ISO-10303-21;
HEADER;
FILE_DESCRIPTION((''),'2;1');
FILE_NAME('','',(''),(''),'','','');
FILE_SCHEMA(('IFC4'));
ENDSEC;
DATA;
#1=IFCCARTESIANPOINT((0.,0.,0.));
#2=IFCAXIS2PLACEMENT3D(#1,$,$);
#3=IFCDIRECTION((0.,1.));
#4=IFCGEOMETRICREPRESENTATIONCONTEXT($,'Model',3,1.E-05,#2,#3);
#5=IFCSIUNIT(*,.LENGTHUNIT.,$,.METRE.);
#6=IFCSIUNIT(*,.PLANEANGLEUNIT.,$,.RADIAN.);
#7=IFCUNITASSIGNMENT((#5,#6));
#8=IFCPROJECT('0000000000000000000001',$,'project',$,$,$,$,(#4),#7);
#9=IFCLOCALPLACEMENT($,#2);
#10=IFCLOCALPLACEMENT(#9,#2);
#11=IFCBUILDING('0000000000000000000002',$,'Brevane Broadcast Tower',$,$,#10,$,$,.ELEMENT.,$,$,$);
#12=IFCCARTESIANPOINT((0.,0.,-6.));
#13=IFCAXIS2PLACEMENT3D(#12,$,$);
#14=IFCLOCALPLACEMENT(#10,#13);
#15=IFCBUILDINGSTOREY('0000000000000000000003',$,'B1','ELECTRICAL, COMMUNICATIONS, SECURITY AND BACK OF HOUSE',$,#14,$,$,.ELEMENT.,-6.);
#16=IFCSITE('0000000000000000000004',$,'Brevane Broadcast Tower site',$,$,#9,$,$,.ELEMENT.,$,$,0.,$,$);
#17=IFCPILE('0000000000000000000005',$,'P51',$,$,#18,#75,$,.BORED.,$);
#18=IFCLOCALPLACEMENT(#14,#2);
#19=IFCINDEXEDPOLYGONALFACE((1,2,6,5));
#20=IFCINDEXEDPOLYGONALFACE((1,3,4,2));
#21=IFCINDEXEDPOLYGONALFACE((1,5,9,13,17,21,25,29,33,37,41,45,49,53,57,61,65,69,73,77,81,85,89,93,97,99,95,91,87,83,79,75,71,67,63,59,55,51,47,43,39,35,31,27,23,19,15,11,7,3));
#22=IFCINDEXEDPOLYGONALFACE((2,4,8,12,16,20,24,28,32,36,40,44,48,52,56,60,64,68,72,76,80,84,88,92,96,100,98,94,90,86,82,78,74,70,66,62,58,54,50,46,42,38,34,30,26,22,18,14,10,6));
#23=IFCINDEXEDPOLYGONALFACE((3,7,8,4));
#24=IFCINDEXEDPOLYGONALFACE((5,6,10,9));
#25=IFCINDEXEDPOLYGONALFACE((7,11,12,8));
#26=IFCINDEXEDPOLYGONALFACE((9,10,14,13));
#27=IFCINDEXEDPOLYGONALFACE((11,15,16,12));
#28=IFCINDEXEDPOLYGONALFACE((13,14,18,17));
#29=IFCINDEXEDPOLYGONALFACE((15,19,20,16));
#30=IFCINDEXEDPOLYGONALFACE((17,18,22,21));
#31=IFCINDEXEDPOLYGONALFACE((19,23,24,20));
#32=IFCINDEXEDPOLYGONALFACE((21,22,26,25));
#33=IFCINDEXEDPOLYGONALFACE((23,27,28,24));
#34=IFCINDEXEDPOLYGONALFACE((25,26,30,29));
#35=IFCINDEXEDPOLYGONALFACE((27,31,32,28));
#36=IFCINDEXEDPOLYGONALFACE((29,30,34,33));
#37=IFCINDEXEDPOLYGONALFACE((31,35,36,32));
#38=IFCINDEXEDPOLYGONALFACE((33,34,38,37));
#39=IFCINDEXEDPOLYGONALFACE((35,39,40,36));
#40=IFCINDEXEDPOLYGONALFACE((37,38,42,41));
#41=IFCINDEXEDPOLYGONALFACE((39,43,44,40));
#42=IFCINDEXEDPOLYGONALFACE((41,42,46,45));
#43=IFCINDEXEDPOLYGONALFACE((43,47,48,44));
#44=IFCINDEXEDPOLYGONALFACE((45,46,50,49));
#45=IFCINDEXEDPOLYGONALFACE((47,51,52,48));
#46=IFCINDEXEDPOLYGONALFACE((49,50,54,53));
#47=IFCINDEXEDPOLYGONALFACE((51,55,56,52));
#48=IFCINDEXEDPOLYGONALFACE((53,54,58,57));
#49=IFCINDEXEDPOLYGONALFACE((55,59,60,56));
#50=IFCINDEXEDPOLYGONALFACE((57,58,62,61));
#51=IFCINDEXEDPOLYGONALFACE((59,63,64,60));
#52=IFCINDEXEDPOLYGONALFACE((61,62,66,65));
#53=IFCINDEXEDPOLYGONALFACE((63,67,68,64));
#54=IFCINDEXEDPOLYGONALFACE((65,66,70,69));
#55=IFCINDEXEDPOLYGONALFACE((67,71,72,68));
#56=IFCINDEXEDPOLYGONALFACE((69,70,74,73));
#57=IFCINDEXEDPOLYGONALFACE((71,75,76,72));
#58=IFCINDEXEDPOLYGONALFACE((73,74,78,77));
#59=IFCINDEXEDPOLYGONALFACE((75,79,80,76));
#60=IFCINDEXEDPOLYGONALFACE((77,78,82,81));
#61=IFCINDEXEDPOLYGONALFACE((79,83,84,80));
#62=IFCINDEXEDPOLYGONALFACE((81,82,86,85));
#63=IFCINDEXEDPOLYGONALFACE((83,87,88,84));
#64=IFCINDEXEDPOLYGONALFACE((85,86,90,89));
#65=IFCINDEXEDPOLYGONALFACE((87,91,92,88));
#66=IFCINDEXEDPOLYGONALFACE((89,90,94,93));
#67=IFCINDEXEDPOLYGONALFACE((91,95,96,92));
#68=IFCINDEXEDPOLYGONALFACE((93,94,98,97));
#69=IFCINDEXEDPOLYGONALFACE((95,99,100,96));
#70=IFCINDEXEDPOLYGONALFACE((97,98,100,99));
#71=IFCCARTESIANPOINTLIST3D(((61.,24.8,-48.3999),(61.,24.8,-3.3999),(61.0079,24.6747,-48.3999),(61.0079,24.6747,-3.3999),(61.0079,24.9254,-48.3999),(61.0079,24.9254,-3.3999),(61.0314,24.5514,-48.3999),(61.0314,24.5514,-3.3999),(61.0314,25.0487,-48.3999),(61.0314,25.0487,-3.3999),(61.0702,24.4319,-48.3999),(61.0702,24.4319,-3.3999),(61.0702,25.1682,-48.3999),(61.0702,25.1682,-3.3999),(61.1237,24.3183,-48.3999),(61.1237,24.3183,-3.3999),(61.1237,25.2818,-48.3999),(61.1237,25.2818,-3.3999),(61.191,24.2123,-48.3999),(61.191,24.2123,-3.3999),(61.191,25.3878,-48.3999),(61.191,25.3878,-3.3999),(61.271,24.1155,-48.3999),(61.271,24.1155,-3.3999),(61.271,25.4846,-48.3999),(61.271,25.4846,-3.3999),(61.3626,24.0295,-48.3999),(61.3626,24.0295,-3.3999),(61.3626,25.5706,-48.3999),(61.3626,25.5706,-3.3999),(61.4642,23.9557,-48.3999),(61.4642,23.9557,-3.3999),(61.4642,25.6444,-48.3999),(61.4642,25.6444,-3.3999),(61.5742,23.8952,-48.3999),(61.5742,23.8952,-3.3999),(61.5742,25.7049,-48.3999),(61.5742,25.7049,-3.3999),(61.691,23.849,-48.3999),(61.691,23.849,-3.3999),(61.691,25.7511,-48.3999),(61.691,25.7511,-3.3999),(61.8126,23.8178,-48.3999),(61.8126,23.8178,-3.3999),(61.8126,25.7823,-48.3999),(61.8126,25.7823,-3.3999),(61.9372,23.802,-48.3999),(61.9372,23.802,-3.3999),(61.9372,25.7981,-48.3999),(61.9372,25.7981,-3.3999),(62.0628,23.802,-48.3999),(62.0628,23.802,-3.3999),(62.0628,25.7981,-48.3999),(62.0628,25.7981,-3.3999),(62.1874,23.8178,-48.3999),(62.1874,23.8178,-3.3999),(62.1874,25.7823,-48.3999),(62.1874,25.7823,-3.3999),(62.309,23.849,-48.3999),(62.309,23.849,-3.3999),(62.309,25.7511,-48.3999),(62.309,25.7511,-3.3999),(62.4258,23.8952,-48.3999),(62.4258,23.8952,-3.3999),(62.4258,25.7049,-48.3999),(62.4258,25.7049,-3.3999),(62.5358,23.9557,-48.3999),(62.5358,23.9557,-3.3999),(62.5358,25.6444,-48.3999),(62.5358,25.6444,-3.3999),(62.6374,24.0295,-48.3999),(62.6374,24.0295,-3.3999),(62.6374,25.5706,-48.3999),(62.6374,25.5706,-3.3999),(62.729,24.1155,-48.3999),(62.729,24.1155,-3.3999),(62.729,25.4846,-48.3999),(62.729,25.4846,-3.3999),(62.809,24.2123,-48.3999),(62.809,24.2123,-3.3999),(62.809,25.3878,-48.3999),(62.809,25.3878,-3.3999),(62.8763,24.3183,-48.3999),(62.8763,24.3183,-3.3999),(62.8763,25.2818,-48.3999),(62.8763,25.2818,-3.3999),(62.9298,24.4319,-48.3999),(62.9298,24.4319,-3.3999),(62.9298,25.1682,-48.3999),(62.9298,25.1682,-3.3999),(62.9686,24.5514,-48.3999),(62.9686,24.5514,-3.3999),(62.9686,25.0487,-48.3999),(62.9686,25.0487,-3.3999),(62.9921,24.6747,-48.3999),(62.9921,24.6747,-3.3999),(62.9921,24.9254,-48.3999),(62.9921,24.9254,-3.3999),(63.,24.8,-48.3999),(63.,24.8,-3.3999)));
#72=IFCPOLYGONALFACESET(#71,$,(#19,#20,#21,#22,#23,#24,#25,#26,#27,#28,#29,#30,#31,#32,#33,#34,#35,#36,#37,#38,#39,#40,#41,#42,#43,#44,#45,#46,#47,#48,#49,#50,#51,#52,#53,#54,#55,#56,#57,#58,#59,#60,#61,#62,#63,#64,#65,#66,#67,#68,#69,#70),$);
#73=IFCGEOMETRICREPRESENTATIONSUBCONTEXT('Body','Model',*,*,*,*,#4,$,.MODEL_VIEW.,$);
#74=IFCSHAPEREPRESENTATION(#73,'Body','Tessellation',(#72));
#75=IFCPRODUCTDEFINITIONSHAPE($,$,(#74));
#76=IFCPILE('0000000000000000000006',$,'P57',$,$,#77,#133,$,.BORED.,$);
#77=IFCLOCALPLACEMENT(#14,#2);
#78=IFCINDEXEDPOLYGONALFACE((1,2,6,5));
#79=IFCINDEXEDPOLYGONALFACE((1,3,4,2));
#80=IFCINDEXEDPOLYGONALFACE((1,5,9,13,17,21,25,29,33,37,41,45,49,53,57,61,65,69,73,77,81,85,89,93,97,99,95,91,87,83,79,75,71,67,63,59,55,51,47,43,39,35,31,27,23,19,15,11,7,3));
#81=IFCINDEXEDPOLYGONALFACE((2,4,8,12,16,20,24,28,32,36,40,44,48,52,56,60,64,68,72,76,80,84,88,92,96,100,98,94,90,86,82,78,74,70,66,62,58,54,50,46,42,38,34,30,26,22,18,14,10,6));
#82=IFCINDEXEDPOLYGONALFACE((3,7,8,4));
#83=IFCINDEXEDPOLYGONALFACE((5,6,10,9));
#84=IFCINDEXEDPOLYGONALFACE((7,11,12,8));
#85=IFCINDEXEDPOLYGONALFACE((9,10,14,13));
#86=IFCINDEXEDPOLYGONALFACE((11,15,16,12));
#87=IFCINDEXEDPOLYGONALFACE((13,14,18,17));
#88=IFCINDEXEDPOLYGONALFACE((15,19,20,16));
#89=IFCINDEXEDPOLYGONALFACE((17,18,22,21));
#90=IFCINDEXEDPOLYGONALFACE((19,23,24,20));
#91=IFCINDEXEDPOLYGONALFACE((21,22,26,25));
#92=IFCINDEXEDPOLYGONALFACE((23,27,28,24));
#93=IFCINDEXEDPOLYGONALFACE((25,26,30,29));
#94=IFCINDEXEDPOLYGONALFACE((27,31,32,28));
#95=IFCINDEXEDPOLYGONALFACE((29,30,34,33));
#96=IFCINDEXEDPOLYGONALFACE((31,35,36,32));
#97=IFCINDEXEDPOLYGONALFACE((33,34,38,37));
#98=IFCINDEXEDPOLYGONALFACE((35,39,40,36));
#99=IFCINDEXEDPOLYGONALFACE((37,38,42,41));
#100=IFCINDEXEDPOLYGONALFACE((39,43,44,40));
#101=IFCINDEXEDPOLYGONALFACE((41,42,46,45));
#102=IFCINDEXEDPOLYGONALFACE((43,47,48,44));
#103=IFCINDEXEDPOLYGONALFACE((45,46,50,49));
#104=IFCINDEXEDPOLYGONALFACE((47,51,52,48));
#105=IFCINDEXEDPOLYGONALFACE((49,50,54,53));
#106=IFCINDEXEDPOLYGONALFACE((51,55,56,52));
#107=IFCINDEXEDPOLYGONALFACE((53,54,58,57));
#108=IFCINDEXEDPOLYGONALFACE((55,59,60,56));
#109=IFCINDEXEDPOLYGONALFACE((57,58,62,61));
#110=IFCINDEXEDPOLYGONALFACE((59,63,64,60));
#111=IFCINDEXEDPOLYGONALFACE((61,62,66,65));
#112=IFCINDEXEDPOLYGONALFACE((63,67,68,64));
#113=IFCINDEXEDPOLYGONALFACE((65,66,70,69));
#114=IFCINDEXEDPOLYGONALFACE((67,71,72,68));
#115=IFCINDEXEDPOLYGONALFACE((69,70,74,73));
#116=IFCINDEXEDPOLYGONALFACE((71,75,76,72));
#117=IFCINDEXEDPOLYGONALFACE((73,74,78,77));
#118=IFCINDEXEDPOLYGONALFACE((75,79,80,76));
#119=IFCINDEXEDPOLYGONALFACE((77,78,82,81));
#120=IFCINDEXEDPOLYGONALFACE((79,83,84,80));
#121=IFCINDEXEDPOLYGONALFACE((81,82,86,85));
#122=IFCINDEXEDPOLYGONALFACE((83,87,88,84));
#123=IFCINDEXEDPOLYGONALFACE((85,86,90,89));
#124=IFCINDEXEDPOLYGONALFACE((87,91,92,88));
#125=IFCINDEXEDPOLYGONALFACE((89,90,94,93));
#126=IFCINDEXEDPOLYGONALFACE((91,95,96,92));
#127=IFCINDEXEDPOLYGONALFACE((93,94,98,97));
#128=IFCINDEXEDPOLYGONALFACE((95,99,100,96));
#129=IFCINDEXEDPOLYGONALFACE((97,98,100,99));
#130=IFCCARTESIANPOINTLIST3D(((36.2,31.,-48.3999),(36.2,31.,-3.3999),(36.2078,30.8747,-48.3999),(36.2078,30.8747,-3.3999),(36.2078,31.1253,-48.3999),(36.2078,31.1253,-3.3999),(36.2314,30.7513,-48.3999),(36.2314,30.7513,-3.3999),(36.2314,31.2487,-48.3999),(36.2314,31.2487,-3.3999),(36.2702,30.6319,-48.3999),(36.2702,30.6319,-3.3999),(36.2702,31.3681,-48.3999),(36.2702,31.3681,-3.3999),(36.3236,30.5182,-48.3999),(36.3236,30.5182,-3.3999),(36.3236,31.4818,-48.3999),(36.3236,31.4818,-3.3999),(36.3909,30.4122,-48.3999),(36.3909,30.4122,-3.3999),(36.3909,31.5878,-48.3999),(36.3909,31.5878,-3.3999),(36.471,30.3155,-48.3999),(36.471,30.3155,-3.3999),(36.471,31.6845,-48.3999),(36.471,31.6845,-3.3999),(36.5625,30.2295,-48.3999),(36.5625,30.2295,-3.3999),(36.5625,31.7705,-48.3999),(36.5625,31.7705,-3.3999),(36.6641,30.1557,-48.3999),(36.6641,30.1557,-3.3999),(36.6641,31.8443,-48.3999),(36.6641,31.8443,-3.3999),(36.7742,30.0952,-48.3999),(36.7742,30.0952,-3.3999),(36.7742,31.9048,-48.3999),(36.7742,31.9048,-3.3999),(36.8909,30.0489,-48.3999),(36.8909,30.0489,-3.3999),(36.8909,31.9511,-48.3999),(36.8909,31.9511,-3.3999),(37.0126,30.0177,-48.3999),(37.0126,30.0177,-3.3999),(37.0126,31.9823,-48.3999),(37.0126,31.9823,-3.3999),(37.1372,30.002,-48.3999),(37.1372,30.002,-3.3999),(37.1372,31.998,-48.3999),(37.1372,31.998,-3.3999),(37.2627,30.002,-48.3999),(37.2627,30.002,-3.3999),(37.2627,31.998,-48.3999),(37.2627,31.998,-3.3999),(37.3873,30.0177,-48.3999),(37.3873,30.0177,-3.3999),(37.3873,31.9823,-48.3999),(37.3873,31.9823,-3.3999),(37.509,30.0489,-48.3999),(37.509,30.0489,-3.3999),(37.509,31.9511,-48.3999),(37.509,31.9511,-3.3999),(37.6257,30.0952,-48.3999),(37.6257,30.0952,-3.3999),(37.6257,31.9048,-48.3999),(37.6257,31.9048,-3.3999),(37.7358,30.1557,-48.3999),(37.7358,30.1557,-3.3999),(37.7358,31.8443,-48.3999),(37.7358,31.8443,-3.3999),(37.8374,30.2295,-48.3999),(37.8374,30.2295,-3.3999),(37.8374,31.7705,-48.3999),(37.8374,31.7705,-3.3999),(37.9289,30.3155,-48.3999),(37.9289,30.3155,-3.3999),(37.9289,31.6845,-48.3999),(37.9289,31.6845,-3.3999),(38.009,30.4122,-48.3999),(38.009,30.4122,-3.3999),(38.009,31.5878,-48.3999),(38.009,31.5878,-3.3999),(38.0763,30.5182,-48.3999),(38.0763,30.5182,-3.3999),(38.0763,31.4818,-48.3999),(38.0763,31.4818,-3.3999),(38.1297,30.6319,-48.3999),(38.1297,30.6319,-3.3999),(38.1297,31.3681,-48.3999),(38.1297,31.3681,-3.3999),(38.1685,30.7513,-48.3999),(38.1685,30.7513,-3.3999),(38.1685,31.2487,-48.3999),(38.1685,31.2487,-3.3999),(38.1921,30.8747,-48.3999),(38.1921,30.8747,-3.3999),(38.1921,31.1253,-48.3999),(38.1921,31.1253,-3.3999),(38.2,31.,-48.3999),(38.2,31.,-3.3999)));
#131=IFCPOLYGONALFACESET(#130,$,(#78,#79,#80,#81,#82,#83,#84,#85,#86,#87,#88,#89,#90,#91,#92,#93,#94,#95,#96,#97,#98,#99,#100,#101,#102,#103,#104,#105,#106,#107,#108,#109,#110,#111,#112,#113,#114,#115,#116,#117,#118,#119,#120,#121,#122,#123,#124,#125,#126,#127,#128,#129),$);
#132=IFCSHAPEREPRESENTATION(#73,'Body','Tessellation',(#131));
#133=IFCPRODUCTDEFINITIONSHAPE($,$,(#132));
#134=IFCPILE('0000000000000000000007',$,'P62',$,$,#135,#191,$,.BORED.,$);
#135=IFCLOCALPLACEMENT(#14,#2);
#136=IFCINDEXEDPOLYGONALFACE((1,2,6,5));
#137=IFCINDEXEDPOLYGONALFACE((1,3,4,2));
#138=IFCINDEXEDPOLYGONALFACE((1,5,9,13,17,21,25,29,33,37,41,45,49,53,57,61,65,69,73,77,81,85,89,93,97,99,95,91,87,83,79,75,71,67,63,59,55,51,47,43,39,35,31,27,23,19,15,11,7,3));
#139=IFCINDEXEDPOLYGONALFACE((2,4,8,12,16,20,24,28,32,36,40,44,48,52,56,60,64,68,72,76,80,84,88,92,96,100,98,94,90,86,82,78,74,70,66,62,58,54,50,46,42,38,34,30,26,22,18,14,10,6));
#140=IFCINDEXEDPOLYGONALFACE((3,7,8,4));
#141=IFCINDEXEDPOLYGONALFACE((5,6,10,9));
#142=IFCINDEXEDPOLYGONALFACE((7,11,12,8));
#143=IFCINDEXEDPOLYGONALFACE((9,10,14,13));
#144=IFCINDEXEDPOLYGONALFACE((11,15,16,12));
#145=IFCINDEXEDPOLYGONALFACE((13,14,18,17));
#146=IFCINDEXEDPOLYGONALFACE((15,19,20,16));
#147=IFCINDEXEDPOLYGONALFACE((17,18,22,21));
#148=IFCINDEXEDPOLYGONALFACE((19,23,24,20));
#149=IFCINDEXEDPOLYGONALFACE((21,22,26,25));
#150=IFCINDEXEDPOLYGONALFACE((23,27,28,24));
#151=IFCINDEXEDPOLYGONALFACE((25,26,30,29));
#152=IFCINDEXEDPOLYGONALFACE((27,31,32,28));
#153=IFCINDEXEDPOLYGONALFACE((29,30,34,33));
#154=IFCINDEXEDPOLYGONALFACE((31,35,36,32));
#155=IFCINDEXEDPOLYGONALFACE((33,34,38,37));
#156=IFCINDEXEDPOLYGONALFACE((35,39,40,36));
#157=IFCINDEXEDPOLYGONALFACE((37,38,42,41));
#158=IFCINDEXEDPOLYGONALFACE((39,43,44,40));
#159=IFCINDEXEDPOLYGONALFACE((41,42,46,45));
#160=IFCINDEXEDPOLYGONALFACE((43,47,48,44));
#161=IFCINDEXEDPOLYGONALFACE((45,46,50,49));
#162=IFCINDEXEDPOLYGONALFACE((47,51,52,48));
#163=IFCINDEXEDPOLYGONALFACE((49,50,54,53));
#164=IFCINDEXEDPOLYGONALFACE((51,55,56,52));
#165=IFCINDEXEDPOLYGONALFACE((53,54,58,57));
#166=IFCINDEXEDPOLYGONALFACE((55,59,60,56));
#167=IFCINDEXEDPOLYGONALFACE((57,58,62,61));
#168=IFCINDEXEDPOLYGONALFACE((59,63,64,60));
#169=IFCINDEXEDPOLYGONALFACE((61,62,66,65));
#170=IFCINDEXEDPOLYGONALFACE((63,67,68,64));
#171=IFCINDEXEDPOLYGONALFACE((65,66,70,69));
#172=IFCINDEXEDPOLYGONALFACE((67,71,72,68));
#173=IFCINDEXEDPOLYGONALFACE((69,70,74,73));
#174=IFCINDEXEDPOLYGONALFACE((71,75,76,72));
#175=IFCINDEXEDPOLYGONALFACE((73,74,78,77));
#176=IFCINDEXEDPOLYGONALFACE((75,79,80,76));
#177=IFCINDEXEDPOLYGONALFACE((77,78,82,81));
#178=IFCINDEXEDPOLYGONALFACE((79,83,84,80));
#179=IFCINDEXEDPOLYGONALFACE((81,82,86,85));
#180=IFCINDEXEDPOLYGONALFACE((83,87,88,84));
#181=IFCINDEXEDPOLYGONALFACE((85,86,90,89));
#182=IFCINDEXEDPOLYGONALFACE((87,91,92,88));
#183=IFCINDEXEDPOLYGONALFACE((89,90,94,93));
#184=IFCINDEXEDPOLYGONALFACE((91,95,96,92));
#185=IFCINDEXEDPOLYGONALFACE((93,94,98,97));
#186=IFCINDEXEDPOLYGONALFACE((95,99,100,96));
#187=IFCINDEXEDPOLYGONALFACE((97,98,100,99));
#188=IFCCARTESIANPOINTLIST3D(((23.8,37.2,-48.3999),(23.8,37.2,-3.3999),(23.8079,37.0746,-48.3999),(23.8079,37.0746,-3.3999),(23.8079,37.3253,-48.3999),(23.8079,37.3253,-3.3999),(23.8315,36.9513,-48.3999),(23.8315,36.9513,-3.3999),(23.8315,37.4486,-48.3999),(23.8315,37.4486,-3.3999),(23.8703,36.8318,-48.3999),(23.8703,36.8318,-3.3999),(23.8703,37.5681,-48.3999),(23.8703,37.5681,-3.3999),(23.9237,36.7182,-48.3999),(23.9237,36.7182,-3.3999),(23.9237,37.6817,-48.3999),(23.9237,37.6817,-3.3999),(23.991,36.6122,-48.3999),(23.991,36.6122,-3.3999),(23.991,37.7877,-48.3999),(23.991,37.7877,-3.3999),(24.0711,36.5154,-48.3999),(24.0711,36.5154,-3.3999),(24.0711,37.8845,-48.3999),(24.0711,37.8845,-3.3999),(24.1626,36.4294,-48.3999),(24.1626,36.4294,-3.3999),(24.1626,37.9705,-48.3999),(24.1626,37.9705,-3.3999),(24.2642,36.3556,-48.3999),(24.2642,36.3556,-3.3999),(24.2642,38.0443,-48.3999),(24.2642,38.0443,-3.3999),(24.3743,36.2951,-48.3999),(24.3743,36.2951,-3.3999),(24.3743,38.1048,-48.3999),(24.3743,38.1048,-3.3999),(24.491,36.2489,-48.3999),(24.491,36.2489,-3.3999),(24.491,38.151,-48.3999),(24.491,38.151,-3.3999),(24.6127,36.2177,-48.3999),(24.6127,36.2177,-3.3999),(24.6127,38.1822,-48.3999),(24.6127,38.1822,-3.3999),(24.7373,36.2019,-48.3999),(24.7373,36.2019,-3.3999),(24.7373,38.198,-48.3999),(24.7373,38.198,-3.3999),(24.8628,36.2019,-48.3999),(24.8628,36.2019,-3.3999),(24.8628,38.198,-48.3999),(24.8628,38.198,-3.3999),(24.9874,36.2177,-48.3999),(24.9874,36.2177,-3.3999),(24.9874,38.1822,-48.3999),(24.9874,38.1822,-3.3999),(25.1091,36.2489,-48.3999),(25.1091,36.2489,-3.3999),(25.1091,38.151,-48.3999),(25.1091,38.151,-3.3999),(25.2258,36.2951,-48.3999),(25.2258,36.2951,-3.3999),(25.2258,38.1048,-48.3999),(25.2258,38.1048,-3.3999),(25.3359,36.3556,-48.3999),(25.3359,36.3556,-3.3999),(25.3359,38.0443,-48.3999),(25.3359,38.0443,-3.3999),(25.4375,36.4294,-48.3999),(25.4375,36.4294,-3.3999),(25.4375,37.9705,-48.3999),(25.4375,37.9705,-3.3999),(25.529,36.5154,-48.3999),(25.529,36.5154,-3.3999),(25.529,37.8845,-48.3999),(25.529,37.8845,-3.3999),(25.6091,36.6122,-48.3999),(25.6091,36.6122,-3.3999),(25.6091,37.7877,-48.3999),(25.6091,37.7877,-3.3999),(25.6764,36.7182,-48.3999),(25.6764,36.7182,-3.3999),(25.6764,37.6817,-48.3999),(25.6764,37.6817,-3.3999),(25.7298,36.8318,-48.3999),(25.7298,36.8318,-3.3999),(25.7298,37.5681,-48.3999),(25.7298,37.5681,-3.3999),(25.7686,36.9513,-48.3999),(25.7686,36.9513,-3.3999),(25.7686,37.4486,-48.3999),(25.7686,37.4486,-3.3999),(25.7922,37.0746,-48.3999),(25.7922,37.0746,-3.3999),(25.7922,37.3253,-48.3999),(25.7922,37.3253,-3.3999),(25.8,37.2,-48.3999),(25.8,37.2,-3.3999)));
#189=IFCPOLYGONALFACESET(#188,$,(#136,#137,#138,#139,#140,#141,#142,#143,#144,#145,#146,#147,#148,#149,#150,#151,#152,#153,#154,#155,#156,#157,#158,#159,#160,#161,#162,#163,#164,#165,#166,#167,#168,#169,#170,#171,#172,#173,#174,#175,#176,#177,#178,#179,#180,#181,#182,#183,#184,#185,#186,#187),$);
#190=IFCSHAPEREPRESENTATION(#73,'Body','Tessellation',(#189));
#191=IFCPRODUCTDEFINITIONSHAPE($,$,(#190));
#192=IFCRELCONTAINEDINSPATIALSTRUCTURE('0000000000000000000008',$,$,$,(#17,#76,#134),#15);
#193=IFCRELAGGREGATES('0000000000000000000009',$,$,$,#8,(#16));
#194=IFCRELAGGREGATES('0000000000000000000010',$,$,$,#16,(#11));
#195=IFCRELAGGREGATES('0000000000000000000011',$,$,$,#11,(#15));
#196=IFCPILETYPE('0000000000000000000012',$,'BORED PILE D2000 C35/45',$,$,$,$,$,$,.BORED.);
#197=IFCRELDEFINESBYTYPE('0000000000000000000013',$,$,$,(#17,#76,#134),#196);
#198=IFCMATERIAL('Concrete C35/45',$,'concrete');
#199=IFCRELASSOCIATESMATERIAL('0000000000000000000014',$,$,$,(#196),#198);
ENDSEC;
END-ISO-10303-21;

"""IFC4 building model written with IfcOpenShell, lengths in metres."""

from ifc_helpers import new_model, si_unit, direction, frame, origin, origin_2d, place, context, subcontext, project, spatial, circle, extrude, material, material_profile, profile_set, type_object, element, save


model = new_model("IFC4")

# Units and contexts
model_context = context("Model", 3, precision=1e-05, world=origin(), true_north=direction((0.0, 1.0)))
body_context = subcontext(model_context, "Body", "Model", "MODEL_VIEW")
ifc_project = project(units=[si_unit("LENGTHUNIT", "METRE"), si_unit("PLANEANGLEUNIT", "RADIAN")], contexts=[model_context])

# Site, building, storey
site_placement = place(None, origin())
site = spatial("IfcSite", under=ifc_project, at=site_placement, Name="Brevane Broadcast Tower site", CompositionType="ELEMENT", RefElevation=0.0)
building_placement = place(site_placement, origin())
building = spatial("IfcBuilding", under=site, at=building_placement, Name="Brevane Broadcast Tower", CompositionType="ELEMENT")
storey_placement = place(building_placement, frame((0.0, 0.0, -6.0)))
storey = spatial("IfcBuildingStorey", under=building, at=storey_placement, Name="B1", Description="ELECTRICAL, COMMUNICATIONS, SECURITY AND BACK OF HOUSE", CompositionType="ELEMENT", Elevation=-6.0)

# Piles
ifc_material_1 = material(Name="Concrete C35/45", Category="concrete")
ifc_material_profile_1 = material_profile(ifc_material_1, circle(Radius=1.0, at=origin_2d()), Name="RC D2000")
ifc_profile_set_1 = profile_set([ifc_material_profile_1], Name="Concrete C35/45")
pile_type = type_object("IfcPileType", Name="BORED PILE D2000 C35/45", PredefinedType="BORED", material=ifc_profile_set_1)
for number, where, z_axis, x_axis, name in (
    (1, (62.0, 24.8, -3.3999), (0.0, 0.0, -1.0), (1.0, 0.0, 0.0), "P51"),
    (2, (37.2, 31.0, -3.3999), (0.0, 0.0, -1.0), (1.0, 0.0, 0.0), "P57"),
    (3, (24.8, 37.2, -3.3999), (0.0, 0.0, -1.0), (1.0, 0.0, 0.0), "P62"),
):
    element("IfcPile", number, at=place(storey_placement, frame(where, z_axis=z_axis, x_axis=x_axis)), inside=storey, type_object=pile_type, Name=name, PredefinedType="BORED", context=body_context, shape_type="SweptSolid", body=[
        extrude(circle(Radius=1.0, at=origin_2d()), origin(), (0.0, 0.0, 1.0), 45.0),
    ])

save(model, "model.ifc")
